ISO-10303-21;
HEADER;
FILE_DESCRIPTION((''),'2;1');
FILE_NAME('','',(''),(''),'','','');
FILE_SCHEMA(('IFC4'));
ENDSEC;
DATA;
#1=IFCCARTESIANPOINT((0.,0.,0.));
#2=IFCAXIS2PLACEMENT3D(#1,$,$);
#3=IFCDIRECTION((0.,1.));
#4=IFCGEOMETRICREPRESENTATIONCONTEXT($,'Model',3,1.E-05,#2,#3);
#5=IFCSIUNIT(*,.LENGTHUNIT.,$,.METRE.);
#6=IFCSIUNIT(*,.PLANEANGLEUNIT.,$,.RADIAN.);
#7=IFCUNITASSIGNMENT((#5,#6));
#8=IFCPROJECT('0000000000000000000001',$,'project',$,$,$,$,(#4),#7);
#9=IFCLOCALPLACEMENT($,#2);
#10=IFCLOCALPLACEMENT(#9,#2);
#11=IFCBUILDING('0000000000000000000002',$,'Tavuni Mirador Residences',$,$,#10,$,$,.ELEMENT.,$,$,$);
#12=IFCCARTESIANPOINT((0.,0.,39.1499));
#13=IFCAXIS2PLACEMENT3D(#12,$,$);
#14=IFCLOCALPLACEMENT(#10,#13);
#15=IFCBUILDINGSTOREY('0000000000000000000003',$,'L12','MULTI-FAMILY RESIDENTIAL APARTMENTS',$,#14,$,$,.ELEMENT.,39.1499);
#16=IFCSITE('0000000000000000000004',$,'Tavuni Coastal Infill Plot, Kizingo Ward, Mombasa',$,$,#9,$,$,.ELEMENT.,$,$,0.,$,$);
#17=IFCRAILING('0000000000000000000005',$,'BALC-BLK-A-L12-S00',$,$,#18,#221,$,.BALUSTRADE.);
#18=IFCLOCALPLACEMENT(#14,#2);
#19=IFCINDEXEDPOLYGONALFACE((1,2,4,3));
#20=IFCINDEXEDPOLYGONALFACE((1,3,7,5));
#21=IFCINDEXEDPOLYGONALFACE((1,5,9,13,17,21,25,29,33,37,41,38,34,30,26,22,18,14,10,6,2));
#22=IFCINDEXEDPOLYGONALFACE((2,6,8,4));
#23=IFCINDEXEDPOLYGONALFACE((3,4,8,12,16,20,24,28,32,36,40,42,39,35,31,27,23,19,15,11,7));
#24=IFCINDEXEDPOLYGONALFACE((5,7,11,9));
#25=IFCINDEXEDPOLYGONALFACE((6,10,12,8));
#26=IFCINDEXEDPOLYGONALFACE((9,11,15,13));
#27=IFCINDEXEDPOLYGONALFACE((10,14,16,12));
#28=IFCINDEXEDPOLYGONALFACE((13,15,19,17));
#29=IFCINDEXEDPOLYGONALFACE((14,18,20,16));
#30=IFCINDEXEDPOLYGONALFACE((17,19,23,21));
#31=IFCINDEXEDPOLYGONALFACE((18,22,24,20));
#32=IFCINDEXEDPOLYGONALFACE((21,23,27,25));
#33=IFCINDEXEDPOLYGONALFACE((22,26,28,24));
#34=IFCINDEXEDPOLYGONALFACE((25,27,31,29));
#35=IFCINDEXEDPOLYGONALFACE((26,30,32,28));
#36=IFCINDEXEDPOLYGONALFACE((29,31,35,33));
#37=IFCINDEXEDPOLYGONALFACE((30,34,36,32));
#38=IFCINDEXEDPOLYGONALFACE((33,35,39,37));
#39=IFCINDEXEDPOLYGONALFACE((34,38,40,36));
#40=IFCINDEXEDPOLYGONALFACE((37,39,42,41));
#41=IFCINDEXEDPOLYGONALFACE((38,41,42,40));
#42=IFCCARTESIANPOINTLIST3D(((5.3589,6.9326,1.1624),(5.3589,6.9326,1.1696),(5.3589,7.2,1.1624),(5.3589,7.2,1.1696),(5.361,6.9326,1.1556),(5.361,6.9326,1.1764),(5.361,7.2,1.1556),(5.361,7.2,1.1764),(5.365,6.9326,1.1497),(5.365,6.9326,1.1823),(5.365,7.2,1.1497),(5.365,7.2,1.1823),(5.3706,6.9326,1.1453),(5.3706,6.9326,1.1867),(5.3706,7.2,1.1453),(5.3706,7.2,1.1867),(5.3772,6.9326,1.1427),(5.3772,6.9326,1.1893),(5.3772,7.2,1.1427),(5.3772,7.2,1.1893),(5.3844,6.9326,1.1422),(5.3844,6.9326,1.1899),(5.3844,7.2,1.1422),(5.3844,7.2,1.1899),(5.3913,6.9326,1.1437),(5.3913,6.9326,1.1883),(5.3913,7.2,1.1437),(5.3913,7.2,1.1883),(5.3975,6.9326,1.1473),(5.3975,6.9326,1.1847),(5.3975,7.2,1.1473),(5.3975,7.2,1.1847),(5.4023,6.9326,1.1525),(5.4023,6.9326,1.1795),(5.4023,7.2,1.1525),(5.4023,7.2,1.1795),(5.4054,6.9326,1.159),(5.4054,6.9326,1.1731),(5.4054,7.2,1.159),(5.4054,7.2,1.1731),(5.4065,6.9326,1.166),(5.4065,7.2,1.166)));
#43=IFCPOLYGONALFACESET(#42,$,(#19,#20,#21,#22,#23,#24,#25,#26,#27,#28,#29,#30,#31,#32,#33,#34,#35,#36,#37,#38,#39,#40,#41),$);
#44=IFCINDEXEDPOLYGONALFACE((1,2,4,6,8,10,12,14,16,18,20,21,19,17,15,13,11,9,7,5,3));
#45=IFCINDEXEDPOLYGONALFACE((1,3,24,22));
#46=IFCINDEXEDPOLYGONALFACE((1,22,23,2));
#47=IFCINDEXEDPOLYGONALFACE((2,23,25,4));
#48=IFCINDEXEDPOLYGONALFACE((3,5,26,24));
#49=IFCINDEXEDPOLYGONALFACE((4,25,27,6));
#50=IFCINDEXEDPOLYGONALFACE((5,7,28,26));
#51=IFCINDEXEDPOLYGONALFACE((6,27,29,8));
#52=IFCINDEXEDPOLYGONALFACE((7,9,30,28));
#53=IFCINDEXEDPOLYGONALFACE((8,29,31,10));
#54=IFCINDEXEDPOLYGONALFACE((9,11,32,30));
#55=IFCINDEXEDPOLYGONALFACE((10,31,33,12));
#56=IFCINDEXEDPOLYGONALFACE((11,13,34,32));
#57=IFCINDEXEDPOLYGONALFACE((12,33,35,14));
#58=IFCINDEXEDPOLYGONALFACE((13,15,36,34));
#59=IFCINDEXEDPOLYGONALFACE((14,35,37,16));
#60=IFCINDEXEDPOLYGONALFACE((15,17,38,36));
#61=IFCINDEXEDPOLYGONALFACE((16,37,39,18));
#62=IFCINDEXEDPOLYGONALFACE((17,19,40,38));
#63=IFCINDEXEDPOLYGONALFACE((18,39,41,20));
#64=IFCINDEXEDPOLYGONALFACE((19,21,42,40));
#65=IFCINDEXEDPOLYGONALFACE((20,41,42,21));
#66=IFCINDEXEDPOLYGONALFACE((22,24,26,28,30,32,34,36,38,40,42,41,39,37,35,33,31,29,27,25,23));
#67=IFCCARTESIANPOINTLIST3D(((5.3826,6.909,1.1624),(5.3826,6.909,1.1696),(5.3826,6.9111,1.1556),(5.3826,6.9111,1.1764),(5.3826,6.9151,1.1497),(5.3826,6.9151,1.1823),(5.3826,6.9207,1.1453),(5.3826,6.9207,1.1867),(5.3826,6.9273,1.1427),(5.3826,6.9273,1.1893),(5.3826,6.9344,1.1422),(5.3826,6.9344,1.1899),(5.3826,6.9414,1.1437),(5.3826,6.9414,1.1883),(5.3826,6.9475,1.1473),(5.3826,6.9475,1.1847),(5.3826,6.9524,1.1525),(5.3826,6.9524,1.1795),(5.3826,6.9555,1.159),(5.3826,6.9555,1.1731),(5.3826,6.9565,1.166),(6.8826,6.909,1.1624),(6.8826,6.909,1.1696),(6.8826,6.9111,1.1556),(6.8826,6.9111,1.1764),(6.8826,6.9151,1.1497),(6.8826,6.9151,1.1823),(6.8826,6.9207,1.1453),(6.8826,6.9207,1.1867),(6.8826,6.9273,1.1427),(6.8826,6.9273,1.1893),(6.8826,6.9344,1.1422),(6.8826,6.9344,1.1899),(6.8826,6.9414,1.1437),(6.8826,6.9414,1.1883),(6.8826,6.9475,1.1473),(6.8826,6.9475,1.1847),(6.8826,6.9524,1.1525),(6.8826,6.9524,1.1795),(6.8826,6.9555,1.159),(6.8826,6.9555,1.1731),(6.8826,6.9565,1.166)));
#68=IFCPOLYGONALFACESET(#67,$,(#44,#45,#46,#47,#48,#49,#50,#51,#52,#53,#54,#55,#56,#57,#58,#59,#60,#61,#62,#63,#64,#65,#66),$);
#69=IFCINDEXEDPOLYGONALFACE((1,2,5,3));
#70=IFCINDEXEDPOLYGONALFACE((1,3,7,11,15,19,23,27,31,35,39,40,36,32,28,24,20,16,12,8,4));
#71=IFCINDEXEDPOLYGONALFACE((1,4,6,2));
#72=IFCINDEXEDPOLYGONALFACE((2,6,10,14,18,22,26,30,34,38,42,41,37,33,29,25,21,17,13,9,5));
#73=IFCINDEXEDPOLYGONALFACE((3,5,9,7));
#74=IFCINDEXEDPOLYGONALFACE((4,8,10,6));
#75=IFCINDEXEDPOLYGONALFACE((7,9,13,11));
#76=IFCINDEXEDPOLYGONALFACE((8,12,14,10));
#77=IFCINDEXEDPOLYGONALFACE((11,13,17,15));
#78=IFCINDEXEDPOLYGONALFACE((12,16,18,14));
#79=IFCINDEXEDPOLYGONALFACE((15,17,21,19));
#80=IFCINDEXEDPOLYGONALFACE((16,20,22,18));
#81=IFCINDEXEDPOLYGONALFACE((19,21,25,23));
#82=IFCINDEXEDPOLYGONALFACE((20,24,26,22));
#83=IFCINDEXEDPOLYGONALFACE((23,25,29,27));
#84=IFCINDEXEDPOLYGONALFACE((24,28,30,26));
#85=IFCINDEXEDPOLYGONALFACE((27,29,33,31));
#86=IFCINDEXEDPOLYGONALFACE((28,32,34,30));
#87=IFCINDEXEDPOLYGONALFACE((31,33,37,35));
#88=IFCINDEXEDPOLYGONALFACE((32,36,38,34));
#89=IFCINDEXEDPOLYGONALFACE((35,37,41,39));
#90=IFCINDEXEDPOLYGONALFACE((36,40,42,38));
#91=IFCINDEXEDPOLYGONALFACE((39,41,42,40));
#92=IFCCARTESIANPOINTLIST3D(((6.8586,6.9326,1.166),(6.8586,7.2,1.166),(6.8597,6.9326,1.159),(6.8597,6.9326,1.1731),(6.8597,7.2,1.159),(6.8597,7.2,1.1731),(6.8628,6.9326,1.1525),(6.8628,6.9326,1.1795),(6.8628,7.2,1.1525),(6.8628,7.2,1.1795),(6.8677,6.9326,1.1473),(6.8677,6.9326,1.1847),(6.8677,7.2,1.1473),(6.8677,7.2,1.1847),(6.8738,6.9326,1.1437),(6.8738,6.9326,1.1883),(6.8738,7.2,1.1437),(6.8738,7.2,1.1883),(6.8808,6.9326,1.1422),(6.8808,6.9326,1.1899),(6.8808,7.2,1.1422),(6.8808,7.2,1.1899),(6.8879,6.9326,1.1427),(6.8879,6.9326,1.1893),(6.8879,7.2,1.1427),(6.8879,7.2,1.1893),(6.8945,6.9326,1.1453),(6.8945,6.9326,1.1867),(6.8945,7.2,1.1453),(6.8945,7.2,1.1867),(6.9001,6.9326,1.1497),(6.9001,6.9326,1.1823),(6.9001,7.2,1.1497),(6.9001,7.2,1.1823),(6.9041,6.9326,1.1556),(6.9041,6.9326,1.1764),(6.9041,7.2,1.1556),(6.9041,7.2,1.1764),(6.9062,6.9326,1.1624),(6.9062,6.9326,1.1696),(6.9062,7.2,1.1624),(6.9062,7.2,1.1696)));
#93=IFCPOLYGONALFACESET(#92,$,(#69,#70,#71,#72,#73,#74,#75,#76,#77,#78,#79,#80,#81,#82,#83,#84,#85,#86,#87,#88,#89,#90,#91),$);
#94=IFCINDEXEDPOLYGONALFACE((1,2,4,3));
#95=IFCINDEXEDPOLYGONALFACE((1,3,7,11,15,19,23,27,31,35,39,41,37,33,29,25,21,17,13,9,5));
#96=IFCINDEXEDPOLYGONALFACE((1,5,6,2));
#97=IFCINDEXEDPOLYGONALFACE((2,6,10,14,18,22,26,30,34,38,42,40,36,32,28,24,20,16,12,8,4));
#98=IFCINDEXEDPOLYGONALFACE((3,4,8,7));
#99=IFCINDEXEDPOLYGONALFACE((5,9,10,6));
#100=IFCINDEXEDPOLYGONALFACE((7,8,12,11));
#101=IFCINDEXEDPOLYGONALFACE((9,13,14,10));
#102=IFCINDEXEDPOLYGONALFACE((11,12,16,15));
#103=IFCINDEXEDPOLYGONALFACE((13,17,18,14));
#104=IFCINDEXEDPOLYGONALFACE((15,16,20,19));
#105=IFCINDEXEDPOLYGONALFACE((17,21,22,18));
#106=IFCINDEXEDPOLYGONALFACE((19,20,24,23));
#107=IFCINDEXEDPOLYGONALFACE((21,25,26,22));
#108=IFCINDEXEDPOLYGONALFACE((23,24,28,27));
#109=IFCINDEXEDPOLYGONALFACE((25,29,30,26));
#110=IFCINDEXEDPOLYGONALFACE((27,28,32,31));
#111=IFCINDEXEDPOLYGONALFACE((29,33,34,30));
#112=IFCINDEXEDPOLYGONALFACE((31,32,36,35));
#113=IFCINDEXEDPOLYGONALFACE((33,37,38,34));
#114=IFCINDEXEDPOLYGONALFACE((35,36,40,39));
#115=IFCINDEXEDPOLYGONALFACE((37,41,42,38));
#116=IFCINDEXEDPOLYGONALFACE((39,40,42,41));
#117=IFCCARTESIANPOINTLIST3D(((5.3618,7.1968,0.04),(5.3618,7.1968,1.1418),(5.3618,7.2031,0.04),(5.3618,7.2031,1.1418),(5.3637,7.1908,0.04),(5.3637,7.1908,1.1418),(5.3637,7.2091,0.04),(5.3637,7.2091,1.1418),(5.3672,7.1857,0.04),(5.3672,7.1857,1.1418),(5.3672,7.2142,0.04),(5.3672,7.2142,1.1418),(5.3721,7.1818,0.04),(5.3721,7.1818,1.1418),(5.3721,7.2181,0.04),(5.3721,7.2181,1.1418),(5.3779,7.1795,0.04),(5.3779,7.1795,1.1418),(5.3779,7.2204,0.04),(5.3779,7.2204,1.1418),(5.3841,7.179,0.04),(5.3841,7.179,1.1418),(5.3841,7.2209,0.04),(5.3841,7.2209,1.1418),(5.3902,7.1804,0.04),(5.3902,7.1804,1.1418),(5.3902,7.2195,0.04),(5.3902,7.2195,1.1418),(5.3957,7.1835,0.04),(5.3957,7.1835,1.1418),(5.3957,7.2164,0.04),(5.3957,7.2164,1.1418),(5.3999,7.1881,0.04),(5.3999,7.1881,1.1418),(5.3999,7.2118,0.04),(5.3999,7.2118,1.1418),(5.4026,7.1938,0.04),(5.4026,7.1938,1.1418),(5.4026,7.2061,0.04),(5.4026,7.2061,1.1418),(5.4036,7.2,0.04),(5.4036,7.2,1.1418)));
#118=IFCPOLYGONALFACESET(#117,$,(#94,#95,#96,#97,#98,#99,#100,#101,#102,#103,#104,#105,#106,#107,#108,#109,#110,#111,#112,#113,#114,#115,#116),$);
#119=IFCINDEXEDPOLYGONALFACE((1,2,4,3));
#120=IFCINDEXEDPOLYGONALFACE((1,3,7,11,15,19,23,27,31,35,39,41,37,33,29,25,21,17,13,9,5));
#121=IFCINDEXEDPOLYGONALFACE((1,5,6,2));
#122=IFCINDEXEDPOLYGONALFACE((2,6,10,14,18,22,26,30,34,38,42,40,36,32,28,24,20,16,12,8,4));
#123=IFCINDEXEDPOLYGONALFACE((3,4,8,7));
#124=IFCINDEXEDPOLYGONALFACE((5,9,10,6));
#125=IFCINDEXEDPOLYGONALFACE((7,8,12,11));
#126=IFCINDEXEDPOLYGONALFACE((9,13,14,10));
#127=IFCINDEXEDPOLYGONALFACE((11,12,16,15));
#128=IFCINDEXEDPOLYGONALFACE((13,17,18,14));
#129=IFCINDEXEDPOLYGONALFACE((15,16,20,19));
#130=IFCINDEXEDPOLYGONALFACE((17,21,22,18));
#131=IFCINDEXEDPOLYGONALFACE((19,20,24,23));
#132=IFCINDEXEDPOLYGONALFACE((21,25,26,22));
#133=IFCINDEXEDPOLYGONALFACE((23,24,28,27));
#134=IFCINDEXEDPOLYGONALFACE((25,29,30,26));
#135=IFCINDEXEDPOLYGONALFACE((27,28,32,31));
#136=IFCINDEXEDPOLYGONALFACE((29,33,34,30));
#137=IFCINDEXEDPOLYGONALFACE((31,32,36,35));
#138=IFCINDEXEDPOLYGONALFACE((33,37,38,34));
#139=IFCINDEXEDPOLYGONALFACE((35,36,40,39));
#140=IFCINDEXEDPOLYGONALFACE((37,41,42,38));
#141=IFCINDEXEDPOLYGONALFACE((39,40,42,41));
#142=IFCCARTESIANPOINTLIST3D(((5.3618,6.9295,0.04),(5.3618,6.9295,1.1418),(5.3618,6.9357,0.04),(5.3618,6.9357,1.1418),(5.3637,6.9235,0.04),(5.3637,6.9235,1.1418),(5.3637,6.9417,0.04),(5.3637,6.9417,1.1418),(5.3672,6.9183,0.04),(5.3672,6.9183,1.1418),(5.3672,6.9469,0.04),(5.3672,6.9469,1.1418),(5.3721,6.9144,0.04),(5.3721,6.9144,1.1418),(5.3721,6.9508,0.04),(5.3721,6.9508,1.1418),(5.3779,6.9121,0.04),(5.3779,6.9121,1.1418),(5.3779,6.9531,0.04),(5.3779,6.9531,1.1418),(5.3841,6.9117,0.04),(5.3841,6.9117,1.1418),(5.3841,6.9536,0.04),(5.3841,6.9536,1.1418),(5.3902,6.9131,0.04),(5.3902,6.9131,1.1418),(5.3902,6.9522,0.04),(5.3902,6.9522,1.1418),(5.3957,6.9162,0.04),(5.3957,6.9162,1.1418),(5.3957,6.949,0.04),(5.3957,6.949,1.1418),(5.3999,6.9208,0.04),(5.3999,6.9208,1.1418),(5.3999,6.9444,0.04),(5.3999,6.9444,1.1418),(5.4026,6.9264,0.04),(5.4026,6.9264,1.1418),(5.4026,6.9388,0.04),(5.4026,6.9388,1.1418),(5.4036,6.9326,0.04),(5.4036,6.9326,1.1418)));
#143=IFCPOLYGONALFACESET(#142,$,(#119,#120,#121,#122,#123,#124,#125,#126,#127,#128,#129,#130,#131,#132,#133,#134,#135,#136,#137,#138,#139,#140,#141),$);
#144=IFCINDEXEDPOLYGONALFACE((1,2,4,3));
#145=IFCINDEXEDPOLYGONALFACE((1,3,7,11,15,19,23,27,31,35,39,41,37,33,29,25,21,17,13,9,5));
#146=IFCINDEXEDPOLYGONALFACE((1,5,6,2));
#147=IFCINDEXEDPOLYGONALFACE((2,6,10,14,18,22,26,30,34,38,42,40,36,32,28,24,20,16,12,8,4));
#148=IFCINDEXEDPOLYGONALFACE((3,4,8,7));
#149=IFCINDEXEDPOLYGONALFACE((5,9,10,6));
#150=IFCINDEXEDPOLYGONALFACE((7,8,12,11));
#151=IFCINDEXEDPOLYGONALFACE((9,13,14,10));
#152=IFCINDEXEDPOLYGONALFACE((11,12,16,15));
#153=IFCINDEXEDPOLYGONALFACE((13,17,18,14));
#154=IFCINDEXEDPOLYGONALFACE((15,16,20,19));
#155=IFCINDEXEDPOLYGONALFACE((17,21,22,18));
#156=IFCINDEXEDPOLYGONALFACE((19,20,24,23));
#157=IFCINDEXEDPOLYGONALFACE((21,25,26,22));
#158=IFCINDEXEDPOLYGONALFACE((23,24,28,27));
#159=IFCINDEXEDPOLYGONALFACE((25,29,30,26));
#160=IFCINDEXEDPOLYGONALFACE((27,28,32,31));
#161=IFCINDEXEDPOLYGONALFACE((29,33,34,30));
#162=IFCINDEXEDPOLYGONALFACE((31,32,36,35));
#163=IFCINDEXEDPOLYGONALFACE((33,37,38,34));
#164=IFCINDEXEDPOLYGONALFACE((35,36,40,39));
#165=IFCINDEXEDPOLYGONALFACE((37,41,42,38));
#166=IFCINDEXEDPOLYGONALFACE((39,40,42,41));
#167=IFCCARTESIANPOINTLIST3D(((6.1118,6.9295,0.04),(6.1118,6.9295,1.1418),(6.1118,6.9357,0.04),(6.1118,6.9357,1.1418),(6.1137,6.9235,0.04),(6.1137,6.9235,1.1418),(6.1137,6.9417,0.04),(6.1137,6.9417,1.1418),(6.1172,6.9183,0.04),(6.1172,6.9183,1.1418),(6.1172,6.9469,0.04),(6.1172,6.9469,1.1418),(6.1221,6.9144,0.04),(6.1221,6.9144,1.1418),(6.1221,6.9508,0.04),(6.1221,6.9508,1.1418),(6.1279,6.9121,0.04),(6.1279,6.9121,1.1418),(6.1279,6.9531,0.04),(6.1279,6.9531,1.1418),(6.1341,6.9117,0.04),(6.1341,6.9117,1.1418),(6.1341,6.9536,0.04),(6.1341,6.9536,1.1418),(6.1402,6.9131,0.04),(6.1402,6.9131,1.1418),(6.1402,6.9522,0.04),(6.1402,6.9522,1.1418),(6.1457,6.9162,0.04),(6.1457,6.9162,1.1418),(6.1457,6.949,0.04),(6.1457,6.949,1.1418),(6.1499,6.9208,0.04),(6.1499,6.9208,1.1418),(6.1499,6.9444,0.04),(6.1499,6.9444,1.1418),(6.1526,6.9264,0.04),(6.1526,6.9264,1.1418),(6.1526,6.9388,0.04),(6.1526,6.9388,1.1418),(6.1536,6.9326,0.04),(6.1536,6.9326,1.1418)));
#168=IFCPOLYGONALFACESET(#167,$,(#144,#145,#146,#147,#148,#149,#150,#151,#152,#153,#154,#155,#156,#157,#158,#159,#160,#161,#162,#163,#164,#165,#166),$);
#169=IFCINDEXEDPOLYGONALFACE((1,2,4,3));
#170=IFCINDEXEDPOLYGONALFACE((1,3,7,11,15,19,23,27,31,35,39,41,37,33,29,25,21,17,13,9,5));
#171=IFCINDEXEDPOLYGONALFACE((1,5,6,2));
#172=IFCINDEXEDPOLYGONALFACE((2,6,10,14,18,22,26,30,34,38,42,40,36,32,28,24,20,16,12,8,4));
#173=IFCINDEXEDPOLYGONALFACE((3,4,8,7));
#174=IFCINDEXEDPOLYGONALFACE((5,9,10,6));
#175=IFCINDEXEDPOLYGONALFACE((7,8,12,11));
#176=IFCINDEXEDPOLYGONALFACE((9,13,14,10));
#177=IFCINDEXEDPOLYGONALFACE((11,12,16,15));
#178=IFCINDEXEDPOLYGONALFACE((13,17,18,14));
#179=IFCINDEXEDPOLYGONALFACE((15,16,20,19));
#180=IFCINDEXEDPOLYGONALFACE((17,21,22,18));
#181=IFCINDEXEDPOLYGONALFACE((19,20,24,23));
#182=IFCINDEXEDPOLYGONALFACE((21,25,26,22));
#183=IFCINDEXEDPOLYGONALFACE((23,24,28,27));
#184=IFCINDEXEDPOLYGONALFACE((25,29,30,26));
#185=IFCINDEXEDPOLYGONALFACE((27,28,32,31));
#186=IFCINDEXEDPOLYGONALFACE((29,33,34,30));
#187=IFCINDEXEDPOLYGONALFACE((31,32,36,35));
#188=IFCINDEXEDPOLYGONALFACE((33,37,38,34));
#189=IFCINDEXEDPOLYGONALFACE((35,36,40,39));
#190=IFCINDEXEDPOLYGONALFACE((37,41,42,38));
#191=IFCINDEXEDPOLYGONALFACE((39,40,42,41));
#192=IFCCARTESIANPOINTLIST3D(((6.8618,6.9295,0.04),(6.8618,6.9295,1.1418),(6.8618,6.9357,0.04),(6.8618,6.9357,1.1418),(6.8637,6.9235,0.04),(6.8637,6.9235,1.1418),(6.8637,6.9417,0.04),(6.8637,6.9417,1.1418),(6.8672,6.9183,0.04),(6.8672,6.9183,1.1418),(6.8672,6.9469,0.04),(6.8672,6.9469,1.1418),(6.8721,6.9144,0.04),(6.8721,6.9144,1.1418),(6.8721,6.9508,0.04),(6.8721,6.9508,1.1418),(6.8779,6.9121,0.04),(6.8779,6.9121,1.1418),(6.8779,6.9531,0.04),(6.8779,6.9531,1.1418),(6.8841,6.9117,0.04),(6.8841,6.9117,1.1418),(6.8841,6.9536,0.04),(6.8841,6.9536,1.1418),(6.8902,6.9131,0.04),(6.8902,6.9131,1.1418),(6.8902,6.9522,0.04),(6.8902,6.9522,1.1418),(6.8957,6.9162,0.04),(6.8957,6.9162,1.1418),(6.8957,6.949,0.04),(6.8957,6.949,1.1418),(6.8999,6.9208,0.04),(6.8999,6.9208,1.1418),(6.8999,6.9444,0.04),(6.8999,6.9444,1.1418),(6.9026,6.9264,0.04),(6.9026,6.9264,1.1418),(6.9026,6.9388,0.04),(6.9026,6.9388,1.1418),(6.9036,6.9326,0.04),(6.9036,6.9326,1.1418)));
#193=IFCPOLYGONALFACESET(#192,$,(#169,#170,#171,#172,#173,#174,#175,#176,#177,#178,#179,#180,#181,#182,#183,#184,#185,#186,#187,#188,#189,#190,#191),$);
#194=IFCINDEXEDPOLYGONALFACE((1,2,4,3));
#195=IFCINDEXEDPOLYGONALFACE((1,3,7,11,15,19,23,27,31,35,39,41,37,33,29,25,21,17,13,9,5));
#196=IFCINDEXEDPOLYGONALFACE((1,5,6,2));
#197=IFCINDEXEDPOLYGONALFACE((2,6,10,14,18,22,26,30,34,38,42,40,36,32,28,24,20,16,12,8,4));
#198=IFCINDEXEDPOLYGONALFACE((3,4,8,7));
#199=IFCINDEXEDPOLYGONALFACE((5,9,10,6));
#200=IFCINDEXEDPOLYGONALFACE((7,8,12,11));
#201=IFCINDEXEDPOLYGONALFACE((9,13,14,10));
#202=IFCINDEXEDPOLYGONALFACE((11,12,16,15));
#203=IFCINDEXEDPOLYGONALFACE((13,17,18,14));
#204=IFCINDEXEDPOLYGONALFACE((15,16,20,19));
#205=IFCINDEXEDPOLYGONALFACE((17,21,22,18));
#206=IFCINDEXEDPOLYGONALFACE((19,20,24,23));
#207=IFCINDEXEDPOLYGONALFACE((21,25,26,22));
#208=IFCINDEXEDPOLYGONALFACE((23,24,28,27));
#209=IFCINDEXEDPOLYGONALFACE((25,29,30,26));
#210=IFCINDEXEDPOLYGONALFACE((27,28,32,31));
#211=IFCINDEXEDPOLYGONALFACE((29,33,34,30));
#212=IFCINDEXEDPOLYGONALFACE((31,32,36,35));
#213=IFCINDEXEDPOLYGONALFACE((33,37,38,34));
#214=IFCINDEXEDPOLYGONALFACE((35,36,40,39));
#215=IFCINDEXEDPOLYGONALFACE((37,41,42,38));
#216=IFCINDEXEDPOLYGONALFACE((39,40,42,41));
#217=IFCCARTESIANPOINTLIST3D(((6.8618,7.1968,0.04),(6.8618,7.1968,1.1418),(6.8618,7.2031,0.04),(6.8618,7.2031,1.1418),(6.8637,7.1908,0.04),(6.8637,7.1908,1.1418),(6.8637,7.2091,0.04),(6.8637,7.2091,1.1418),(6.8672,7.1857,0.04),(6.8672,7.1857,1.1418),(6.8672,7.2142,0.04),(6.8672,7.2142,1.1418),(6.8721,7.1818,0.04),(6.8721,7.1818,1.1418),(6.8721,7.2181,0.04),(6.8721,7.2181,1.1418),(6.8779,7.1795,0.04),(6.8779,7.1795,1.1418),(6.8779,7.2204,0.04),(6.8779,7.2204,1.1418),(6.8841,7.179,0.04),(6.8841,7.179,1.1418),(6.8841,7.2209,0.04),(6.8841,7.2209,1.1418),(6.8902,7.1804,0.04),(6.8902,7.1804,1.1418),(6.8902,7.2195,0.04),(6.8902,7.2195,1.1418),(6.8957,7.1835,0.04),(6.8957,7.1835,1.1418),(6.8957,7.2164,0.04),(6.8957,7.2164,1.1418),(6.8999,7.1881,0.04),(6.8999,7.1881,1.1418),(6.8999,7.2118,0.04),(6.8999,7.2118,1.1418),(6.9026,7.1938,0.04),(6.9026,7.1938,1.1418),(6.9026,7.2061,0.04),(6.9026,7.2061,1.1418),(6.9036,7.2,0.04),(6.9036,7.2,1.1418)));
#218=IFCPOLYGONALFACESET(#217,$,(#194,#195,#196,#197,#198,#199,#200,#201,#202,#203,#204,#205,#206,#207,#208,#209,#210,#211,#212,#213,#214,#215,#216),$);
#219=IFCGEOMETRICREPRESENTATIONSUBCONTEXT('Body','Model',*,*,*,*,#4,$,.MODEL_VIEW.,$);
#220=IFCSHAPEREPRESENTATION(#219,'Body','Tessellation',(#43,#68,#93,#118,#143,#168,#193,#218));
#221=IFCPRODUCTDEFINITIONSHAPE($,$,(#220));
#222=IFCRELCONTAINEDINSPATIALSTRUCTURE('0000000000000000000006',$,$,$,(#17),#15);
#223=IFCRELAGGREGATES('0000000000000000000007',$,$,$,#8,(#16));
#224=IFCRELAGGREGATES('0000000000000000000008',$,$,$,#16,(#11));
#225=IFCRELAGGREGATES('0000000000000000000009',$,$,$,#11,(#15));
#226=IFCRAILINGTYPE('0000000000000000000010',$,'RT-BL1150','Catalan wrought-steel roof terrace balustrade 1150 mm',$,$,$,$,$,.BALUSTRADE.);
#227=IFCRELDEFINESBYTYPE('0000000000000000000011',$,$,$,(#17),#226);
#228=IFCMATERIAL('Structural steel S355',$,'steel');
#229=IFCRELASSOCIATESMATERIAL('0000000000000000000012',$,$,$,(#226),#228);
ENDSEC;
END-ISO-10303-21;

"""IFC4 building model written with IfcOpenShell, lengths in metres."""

from ifc_helpers import new_model, si_unit, direction, frame, origin, origin_2d, place, context, subcontext, project, spatial, circle, extrude, material, type_object, element, save


model = new_model("IFC4")

# Units and contexts
model_context = context("Model", 3, precision=1e-05, world=origin(), true_north=direction((0.0, 1.0)))
body_context = subcontext(model_context, "Body", "Model", "MODEL_VIEW")
ifc_project = project(units=[si_unit("LENGTHUNIT", "METRE"), si_unit("PLANEANGLEUNIT", "RADIAN")], contexts=[model_context])

# Site, building, storey
site_placement = place(None, origin())
site = spatial("IfcSite", under=ifc_project, at=site_placement, Name="Tavuni Coastal Infill Plot, Kizingo Ward, Mombasa", CompositionType="ELEMENT", RefElevation=0.0)
building_placement = place(site_placement, origin())
building = spatial("IfcBuilding", under=site, at=building_placement, Name="Tavuni Mirador Residences", CompositionType="ELEMENT")
storey_placement = place(building_placement, frame((0.0, 0.0, 39.1499)))
storey = spatial("IfcBuildingStorey", under=building, at=storey_placement, Name="L12", Description="MULTI-FAMILY RESIDENTIAL APARTMENTS", CompositionType="ELEMENT", Elevation=39.1499)

# Shared definitions
ifc_material_1 = material(Name="Structural steel S355", Category="steel")

# Railing
railing_type = type_object("IfcRailingType", Name="RT-BL1150", Description="Catalan wrought-steel roof terrace balustrade 1150 mm", PredefinedType="BALUSTRADE", material=ifc_material_1)
railing_placement = place(storey_placement, frame((5.3826, 7.2, 0.04)))
element("IfcRailing", 1, at=railing_placement, inside=storey, type_object=railing_type, Name="BALC-BLK-A-L12-S00", PredefinedType="BALUSTRADE", context=body_context, shape_type="SweptSolid", body=[
    extrude(circle(Radius=0.0239, at=origin_2d()), frame((0.0, 0.0, 1.126), z_axis=(0.0, -1.0, 0.0), x_axis=(1.0, 0.0, 0.0)), (0.0, 0.0, 1.0), 0.2673),
    extrude(circle(Radius=0.0239, at=origin_2d()), frame((0.0, -0.2673, 1.126), z_axis=(1.0, 0.0, 0.0), x_axis=(0.0, 1.0, 0.0)), (0.0, 0.0, 1.0), 1.5),
    extrude(circle(Radius=0.0239, at=origin_2d()), frame((1.5, -0.2673, 1.126), z_axis=(0.0, 1.0, 0.0), x_axis=(-1.0, 0.0, 0.0)), (0.0, 0.0, 1.0), 0.2673),
    extrude(circle(Radius=0.021, at=origin_2d()), origin(), (0.0, 0.0, 1.0), 1.1018),
    extrude(circle(Radius=0.021, at=origin_2d()), frame((0.0, -0.2673, 0.0)), (0.0, 0.0, 1.0), 1.1018),
    extrude(circle(Radius=0.021, at=origin_2d()), frame((0.75, -0.2673, 0.0)), (0.0, 0.0, 1.0), 1.1018),
    extrude(circle(Radius=0.021, at=origin_2d()), frame((1.5, -0.2673, 0.0)), (0.0, 0.0, 1.0), 1.1018),
    extrude(circle(Radius=0.021, at=origin_2d()), frame((1.5, 0.0, 0.0)), (0.0, 0.0, 1.0), 1.1018),
])

save(model, "model.ifc")
